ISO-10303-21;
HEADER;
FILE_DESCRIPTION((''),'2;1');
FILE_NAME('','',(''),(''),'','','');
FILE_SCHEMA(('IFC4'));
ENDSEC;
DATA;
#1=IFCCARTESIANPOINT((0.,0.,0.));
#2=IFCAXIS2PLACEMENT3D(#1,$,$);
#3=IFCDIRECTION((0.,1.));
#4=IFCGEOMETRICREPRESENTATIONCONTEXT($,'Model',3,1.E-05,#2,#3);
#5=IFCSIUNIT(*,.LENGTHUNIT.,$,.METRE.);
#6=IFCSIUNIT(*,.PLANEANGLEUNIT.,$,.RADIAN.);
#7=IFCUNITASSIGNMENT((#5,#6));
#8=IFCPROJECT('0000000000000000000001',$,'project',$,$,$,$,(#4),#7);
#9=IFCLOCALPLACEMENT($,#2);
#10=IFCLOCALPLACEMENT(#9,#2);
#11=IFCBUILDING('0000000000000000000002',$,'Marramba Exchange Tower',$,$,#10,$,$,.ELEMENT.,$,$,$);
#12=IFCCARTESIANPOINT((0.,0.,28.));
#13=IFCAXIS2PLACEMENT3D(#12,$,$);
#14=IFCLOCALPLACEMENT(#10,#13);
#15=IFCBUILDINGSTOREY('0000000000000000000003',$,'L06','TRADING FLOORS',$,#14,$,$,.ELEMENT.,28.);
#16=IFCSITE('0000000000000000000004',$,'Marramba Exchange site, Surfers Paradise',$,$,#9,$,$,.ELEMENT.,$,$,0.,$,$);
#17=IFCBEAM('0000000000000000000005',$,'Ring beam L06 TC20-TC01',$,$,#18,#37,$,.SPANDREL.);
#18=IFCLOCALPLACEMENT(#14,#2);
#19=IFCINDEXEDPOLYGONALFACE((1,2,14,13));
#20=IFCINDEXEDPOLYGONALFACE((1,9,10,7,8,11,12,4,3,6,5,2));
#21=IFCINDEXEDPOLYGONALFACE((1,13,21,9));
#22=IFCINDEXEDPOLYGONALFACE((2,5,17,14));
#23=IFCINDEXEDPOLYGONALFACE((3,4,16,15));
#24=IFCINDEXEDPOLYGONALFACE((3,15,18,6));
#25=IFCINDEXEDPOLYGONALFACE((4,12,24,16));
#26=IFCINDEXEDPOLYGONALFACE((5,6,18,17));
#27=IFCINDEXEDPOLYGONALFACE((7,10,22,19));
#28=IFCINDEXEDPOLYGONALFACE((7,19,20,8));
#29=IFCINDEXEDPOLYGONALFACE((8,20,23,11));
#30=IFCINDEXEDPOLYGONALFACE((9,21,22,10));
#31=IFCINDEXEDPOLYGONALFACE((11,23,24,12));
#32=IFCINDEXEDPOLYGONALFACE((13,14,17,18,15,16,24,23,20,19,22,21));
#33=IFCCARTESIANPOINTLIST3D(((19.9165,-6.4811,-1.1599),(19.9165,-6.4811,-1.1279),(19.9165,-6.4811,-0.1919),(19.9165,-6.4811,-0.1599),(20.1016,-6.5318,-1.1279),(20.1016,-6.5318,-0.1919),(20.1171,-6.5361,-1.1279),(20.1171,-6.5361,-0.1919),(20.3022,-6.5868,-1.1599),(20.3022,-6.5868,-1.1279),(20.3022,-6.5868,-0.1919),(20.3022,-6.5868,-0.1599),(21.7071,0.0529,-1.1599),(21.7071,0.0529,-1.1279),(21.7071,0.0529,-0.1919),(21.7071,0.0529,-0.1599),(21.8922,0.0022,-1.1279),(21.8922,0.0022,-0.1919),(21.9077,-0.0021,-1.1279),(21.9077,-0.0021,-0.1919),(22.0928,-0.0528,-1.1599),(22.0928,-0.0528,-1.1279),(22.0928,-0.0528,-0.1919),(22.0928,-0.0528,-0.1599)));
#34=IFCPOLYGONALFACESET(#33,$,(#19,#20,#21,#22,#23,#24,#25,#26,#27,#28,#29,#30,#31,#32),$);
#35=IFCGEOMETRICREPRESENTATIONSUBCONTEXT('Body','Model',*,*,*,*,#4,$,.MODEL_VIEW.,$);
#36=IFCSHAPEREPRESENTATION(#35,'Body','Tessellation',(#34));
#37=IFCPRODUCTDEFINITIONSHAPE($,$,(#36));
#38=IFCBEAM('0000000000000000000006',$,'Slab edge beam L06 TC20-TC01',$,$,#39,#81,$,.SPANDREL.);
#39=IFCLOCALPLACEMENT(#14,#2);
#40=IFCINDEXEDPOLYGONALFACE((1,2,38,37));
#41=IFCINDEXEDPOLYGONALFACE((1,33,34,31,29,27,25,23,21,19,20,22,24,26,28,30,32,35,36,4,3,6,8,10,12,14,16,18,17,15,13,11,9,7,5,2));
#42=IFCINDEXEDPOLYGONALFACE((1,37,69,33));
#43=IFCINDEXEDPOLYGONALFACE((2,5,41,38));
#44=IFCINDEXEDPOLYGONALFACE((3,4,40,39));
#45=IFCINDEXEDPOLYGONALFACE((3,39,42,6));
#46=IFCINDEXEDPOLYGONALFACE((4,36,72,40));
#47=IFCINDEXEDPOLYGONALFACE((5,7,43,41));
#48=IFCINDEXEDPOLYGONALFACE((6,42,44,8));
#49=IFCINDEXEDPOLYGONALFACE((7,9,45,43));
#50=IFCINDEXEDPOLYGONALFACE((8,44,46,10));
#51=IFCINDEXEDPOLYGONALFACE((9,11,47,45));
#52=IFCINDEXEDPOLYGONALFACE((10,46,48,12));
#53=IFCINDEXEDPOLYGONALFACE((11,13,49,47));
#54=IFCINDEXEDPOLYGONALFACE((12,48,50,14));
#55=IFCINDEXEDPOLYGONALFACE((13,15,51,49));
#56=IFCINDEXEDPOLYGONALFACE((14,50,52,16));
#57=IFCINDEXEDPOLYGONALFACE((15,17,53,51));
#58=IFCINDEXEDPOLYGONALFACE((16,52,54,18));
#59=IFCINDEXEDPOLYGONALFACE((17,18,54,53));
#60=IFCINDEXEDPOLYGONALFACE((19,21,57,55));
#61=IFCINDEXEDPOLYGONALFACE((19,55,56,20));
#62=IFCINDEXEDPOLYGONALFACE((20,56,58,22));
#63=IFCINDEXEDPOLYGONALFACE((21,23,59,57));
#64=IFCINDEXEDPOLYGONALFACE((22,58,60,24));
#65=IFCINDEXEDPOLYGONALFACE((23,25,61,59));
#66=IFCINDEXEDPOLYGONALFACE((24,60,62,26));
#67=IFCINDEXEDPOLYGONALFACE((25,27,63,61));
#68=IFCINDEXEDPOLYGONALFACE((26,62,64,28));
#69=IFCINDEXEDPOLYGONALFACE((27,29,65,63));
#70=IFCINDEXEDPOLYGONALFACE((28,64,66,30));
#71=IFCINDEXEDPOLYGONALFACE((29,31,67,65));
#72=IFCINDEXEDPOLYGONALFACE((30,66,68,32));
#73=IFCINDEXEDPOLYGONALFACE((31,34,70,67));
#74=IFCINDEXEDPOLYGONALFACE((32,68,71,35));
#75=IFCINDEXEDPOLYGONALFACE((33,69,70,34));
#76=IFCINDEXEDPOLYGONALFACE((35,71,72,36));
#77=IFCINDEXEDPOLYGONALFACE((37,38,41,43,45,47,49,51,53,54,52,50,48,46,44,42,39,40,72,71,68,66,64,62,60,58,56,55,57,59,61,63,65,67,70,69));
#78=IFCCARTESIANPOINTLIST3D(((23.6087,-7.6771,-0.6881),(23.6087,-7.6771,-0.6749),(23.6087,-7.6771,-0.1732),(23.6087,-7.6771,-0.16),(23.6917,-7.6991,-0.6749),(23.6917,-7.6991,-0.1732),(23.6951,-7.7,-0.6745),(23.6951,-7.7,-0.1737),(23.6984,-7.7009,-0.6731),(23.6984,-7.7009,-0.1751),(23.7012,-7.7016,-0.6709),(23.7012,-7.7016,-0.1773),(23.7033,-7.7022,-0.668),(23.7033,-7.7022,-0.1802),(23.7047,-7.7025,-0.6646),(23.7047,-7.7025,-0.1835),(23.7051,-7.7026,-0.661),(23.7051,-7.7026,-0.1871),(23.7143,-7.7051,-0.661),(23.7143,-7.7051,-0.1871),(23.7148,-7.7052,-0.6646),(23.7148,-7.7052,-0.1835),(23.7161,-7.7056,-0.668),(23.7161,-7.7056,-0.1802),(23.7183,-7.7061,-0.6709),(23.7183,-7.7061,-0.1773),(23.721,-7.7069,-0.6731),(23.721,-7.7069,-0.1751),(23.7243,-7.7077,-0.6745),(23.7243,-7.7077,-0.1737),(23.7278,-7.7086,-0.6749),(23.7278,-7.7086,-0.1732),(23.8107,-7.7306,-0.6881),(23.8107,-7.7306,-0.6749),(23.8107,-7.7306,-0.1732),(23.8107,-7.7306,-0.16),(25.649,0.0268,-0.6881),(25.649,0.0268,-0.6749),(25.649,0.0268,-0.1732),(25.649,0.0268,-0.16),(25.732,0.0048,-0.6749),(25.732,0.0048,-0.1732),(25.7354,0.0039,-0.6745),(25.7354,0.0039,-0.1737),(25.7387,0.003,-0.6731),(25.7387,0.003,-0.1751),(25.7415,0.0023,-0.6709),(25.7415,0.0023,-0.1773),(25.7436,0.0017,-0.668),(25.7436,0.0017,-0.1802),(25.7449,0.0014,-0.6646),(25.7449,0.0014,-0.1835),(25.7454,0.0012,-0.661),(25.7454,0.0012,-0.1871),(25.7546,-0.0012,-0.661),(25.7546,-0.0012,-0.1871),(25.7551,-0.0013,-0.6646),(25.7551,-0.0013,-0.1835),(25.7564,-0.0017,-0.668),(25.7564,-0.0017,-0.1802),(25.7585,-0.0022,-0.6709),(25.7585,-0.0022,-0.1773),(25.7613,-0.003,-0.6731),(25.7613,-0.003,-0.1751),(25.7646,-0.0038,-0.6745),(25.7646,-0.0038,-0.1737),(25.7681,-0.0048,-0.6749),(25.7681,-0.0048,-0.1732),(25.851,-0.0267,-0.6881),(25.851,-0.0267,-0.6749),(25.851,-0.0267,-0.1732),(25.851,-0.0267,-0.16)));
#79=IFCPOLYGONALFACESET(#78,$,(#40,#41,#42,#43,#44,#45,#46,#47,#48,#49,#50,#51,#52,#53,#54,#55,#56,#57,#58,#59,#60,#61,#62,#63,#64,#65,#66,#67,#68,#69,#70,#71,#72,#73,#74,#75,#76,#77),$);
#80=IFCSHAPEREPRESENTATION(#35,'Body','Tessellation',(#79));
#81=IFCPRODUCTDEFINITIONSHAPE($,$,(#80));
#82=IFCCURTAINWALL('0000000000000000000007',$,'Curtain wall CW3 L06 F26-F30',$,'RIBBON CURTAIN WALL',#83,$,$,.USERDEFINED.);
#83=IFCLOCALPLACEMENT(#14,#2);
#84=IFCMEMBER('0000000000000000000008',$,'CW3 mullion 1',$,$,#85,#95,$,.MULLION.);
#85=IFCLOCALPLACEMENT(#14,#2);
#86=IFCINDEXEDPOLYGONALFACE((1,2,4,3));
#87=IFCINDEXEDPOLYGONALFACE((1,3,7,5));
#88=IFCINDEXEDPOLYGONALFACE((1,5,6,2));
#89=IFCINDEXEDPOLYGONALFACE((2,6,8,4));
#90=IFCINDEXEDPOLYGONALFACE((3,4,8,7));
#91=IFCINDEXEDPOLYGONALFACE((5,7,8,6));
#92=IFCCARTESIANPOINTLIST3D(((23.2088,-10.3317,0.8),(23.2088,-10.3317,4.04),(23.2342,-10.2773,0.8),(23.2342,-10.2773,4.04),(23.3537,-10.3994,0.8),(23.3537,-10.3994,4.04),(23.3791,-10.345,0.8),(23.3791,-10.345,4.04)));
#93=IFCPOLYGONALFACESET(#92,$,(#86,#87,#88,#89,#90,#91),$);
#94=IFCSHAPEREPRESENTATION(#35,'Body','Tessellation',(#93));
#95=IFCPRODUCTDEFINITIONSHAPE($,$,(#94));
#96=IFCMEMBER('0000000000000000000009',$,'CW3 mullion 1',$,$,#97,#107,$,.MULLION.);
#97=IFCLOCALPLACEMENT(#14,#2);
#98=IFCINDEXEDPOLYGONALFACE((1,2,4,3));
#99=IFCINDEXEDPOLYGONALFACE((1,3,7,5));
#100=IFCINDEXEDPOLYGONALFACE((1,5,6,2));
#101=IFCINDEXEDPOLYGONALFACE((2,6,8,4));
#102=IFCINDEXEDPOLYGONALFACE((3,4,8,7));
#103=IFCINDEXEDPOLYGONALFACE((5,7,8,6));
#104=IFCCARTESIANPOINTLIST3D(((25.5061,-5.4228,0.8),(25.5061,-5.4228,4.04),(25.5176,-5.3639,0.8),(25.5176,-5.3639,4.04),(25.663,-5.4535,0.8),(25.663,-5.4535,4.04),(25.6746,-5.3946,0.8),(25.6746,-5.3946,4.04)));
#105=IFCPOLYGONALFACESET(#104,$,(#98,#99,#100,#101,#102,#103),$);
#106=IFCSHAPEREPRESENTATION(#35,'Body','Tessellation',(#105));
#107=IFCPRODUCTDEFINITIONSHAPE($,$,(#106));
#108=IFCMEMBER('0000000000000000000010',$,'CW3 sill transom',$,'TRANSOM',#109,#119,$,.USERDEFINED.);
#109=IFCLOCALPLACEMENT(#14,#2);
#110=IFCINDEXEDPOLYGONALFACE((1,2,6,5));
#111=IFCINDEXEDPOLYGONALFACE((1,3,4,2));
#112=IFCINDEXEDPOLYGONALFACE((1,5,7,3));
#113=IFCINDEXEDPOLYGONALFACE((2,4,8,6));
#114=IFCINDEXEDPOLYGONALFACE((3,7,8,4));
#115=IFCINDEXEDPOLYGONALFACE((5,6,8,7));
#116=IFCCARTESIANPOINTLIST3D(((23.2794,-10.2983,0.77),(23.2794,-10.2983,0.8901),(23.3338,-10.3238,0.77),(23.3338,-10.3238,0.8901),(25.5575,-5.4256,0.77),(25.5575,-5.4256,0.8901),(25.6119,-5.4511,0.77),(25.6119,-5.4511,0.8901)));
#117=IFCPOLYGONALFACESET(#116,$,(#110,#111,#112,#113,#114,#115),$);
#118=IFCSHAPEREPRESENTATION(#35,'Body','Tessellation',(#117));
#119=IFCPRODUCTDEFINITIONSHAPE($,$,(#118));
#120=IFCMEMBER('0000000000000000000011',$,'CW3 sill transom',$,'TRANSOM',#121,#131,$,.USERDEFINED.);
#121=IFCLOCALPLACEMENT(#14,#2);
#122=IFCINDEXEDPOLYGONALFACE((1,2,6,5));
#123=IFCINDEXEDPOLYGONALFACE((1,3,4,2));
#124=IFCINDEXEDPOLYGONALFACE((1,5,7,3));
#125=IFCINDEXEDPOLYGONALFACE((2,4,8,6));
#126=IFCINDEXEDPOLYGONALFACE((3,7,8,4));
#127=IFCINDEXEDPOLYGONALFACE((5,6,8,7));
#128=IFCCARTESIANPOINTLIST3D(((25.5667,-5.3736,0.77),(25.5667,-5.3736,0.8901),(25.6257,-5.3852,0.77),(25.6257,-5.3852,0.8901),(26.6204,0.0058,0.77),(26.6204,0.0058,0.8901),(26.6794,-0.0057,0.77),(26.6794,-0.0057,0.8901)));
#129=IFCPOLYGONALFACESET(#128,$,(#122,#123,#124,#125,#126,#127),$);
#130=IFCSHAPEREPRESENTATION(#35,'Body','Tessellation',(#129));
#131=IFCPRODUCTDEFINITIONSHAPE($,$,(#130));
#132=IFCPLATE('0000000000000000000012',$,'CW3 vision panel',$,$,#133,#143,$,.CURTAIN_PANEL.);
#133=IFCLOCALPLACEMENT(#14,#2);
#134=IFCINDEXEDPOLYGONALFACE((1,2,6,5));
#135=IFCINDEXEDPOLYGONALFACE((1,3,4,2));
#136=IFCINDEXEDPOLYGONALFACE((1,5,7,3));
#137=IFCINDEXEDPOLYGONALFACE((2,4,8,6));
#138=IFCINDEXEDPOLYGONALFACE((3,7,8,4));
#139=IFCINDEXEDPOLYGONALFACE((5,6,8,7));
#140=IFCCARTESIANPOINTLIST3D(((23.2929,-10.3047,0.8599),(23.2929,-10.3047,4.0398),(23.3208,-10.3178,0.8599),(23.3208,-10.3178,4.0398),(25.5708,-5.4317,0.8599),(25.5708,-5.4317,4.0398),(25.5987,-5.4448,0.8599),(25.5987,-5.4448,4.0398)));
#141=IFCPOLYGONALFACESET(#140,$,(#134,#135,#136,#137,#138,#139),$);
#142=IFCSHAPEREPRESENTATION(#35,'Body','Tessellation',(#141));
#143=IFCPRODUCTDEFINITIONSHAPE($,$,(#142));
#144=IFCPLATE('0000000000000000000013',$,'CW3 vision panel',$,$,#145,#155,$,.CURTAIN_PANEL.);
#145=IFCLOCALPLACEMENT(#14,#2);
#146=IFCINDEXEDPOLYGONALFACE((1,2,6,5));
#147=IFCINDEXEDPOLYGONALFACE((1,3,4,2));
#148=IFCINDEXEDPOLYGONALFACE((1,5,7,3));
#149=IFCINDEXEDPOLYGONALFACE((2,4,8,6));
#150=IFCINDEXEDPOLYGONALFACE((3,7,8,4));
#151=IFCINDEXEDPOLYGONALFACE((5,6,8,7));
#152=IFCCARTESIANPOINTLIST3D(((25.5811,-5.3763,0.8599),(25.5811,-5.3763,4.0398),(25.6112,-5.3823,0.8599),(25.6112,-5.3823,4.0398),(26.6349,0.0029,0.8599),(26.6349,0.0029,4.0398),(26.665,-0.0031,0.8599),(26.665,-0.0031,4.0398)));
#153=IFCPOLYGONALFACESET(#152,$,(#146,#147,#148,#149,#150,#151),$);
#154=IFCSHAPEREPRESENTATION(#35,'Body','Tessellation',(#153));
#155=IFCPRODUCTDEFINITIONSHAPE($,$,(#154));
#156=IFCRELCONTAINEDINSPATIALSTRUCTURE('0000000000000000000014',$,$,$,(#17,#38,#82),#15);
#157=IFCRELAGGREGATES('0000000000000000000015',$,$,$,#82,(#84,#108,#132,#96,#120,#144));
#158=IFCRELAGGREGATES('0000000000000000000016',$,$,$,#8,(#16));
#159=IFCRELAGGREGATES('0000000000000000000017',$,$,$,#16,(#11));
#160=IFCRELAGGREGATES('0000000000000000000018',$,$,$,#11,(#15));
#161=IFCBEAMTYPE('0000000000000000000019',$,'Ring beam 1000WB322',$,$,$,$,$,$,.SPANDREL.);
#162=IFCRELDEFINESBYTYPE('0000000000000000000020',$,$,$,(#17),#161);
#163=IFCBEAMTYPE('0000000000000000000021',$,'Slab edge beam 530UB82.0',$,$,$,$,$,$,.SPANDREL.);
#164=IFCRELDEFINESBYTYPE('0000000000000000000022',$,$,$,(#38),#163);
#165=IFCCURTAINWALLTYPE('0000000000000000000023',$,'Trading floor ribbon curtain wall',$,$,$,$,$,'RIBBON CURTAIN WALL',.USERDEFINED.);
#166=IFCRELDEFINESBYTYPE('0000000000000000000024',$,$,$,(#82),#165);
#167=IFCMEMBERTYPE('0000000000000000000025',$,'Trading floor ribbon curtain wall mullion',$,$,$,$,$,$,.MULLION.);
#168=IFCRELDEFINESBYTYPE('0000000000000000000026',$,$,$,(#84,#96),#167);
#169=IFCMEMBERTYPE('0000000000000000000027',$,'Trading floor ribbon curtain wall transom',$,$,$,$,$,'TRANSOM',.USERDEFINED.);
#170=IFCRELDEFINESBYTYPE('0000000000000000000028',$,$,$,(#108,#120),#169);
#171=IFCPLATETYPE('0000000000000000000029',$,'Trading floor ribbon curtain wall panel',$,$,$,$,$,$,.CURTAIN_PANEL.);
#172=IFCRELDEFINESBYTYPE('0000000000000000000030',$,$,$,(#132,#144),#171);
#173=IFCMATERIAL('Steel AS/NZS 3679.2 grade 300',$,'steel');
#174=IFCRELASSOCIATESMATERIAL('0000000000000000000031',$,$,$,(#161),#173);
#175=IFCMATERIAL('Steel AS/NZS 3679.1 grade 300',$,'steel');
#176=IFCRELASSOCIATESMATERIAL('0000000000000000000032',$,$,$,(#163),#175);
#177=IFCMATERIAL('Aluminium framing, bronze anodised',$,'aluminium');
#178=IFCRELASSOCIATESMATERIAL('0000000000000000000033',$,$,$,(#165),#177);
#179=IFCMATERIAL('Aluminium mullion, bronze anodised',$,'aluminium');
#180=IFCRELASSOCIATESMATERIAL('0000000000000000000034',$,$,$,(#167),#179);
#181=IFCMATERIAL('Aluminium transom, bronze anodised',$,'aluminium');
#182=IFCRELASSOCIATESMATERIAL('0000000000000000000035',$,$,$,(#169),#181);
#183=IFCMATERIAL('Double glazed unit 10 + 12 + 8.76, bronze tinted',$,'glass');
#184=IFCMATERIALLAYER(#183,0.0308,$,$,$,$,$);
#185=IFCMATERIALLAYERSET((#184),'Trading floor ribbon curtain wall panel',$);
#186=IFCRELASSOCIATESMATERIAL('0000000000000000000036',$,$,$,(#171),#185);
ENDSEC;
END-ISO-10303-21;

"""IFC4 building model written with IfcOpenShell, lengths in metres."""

from ifc_helpers import new_model, si_unit, direction, frame, origin, origin_2d, place, context, subcontext, project, spatial, rectangle, i_section, extrude, material, layer, layer_set, material_profile, profile_set, type_object, element, aggregate, save


model = new_model("IFC4")

# Units and contexts
model_context = context("Model", 3, precision=1e-05, world=origin(), true_north=direction((0.0, 1.0)))
body_context = subcontext(model_context, "Body", "Model", "MODEL_VIEW")
ifc_project = project(units=[si_unit("LENGTHUNIT", "METRE"), si_unit("PLANEANGLEUNIT", "RADIAN")], contexts=[model_context])

# Site, building, storey
site_placement = place(None, origin())
site = spatial("IfcSite", under=ifc_project, at=site_placement, Name="Marramba Exchange site, Surfers Paradise", CompositionType="ELEMENT", RefElevation=0.0)
building_placement = place(site_placement, origin())
building = spatial("IfcBuilding", under=site, at=building_placement, Name="Marramba Exchange Tower", CompositionType="ELEMENT")
storey_placement = place(building_placement, frame((0.0, 0.0, 28.0)))
storey = spatial("IfcBuildingStorey", under=building, at=storey_placement, Name="L06", Description="TRADING FLOORS", CompositionType="ELEMENT", Elevation=28.0)

# Beams
ifc_material_1 = material(Name="Steel AS/NZS 3679.2 grade 300", Category="steel")
ifc_material_2 = material(Name="Steel AS/NZS 3679.1 grade 300", Category="steel")
ifc_material_profile_1 = material_profile(ifc_material_1, i_section(OverallWidth=0.3999, OverallDepth=1.0, WebThickness=0.0161, FlangeThickness=0.032, at=origin_2d()), Name="1000WB322")
ifc_profile_set_1 = profile_set([ifc_material_profile_1], Name="Steel AS/NZS 3679.2 grade 300")
beam_type_1 = type_object("IfcBeamType", Name="Ring beam 1000WB322", PredefinedType="SPANDREL", material=ifc_profile_set_1)
beam_1_placement = place(storey_placement, frame((20.1094, -6.5339, -0.6599), z_axis=(0.264291, 0.964443, 0.0), x_axis=(-0.964443, 0.264291, 0.0)))
element("IfcBeam", 1, at=beam_1_placement, inside=storey, type_object=beam_type_1, Name="Ring beam L06 TC20-TC01", PredefinedType="SPANDREL", context=body_context, shape_type="SweptSolid", body=[
    extrude(i_section(OverallWidth=0.3999, OverallDepth=1.0, WebThickness=0.0161, FlangeThickness=0.032, at=origin_2d()), origin(), (0.0, 0.0, 1.0), 6.7749),
])
ifc_material_profile_2 = material_profile(ifc_material_2, i_section(OverallWidth=0.209, OverallDepth=0.5281, WebThickness=0.0095, FlangeThickness=0.0132, FilletRadius=0.0139, at=origin_2d()), Name="530UB82.0")
ifc_profile_set_2 = profile_set([ifc_material_profile_2], Name="Steel AS/NZS 3679.1 grade 300")
beam_type_2 = type_object("IfcBeamType", Name="Slab edge beam 530UB82.0", PredefinedType="SPANDREL", material=ifc_profile_set_2)
beam_2_placement = place(storey_placement, frame((23.7097, -7.7039, -0.4241), z_axis=(0.256013, 0.966673, 0.0), x_axis=(-0.966673, 0.256013, 0.0)))
element("IfcBeam", 2, at=beam_2_placement, inside=storey, type_object=beam_type_2, Name="Slab edge beam L06 TC20-TC01", PredefinedType="SPANDREL", context=body_context, shape_type="SweptSolid", body=[
    extrude(i_section(OverallWidth=0.209, OverallDepth=0.5281, WebThickness=0.0095, FlangeThickness=0.0132, FilletRadius=0.0139, at=origin_2d()), origin(), (0.0, 0.0, 1.0), 7.9695),
])

# Curtain wall, members, plates
ifc_material_3 = material(Name="Aluminium framing, bronze anodised", Category="aluminium")
curtain_wall_type = type_object("IfcCurtainWallType", Name="Trading floor ribbon curtain wall", ElementType="RIBBON CURTAIN WALL", PredefinedType="USERDEFINED", material=ifc_material_3)
curtain_wall_placement = place(storey_placement, origin())
curtain_wall = element("IfcCurtainWall", 3, at=curtain_wall_placement, inside=storey, type_object=curtain_wall_type, Name="Curtain wall CW3 L06 F26-F30", ObjectType="RIBBON CURTAIN WALL", PredefinedType="USERDEFINED")
ifc_material_4 = material(Name="Aluminium mullion, bronze anodised", Category="aluminium")
ifc_material_profile_3 = material_profile(ifc_material_4, rectangle(XDim=0.1599, YDim=0.0601, at=origin_2d()), Name="CW3 mullion 60x160")
ifc_profile_set_3 = profile_set([ifc_material_profile_3], Name="Aluminium mullion, bronze anodised")
member_type_1 = type_object("IfcMemberType", Name="Trading floor ribbon curtain wall mullion", PredefinedType="MULLION", material=ifc_profile_set_3)
member_1_placement = place(storey_placement, frame((23.2939, -10.3384, 0.8), z_axis=(0.0, 0.0, 1.0), x_axis=(-0.905907, 0.423477, 0.0)))
member_1 = element("IfcMember", 4, at=member_1_placement, type_object=member_type_1, Name="CW3 mullion 1", PredefinedType="MULLION", context=body_context, shape_type="SweptSolid", body=[
    extrude(rectangle(XDim=0.1599, YDim=0.0601, at=origin_2d()), origin(), (0.0, 0.0, 1.0), 3.24),
])
member_2_placement = place(storey_placement, frame((25.5903, -5.4087, 0.8), z_axis=(0.0, 0.0, 1.0), x_axis=(-0.981346, 0.192249, 0.0)))
member_2 = element("IfcMember", 5, at=member_2_placement, type_object=member_type_1, Name="CW3 mullion 1", PredefinedType="MULLION", context=body_context, shape_type="SweptSolid", body=[
    extrude(rectangle(XDim=0.1599, YDim=0.0601, at=origin_2d()), origin(), (0.0, 0.0, 1.0), 3.24),
])
ifc_material_5 = material(Name="Aluminium transom, bronze anodised", Category="aluminium")
ifc_material_profile_4 = material_profile(ifc_material_5, rectangle(XDim=0.0601, YDim=0.1201, at=origin_2d()), Name="CW3 transom 60x120")
ifc_profile_set_4 = profile_set([ifc_material_profile_4], Name="Aluminium transom, bronze anodised")
member_type_2 = type_object("IfcMemberType", Name="Trading floor ribbon curtain wall transom", ElementType="TRANSOM", PredefinedType="USERDEFINED", material=ifc_profile_set_4)
member_3_placement = place(storey_placement, frame((23.3066, -10.311, 0.8301), z_axis=(0.423512, 0.905891, 0.0), x_axis=(-0.905891, 0.423512, 0.0)))
member_3 = element("IfcMember", 6, at=member_3_placement, type_object=member_type_2, Name="CW3 sill transom", ObjectType="TRANSOM", PredefinedType="USERDEFINED", context=body_context, shape_type="SweptSolid", body=[
    extrude(rectangle(XDim=0.0601, YDim=0.1201, at=origin_2d()), origin(), (0.0, 0.0, 1.0), 5.3789),
])
member_4_placement = place(storey_placement, frame((25.5962, -5.3794, 0.8301), z_axis=(0.192226, 0.981351, 0.0), x_axis=(-0.981351, 0.192226, 0.0)))
member_4 = element("IfcMember", 7, at=member_4_placement, type_object=member_type_2, Name="CW3 sill transom", ObjectType="TRANSOM", PredefinedType="USERDEFINED", context=body_context, shape_type="SweptSolid", body=[
    extrude(rectangle(XDim=0.0601, YDim=0.1201, at=origin_2d()), origin(), (0.0, 0.0, 1.0), 5.4817),
])
ifc_material_6 = material(Name="Double glazed unit 10 + 12 + 8.76, bronze tinted", Category="glass")
ifc_layer_1 = layer(ifc_material_6, 0.0308)
ifc_layer_set_1 = layer_set([ifc_layer_1], Name="Trading floor ribbon curtain wall panel")
plate_type = type_object("IfcPlateType", Name="Trading floor ribbon curtain wall panel", PredefinedType="CURTAIN_PANEL", material=ifc_layer_set_1)
plate_1_placement = place(storey_placement, frame((24.4458, -7.8748, 0.8599), z_axis=(0.0, 0.0, 1.0), x_axis=(0.423477, 0.905907, 0.0)))
plate_1 = element("IfcPlate", 8, at=plate_1_placement, type_object=plate_type, Name="CW3 vision panel", PredefinedType="CURTAIN_PANEL", context=body_context, shape_type="SweptSolid", body=[
    extrude(rectangle(XDim=5.3792, YDim=0.0308, at=origin_2d()), origin(), (0.0, 0.0, 1.0), 3.1799),
])
plate_2_placement = place(storey_placement, frame((26.123, -2.6897, 0.8599), z_axis=(0.0, 0.0, 1.0), x_axis=(0.192249, 0.981346, 0.0)))
plate_2 = element("IfcPlate", 9, at=plate_2_placement, type_object=plate_type, Name="CW3 vision panel", PredefinedType="CURTAIN_PANEL", context=body_context, shape_type="SweptSolid", body=[
    extrude(rectangle(XDim=5.4814, YDim=0.0308, at=origin_2d()), origin(), (0.0, 0.0, 1.0), 3.1799),
])
aggregate(curtain_wall, [member_1, member_3, plate_1, member_2, member_4, plate_2])

save(model, "model.ifc")
